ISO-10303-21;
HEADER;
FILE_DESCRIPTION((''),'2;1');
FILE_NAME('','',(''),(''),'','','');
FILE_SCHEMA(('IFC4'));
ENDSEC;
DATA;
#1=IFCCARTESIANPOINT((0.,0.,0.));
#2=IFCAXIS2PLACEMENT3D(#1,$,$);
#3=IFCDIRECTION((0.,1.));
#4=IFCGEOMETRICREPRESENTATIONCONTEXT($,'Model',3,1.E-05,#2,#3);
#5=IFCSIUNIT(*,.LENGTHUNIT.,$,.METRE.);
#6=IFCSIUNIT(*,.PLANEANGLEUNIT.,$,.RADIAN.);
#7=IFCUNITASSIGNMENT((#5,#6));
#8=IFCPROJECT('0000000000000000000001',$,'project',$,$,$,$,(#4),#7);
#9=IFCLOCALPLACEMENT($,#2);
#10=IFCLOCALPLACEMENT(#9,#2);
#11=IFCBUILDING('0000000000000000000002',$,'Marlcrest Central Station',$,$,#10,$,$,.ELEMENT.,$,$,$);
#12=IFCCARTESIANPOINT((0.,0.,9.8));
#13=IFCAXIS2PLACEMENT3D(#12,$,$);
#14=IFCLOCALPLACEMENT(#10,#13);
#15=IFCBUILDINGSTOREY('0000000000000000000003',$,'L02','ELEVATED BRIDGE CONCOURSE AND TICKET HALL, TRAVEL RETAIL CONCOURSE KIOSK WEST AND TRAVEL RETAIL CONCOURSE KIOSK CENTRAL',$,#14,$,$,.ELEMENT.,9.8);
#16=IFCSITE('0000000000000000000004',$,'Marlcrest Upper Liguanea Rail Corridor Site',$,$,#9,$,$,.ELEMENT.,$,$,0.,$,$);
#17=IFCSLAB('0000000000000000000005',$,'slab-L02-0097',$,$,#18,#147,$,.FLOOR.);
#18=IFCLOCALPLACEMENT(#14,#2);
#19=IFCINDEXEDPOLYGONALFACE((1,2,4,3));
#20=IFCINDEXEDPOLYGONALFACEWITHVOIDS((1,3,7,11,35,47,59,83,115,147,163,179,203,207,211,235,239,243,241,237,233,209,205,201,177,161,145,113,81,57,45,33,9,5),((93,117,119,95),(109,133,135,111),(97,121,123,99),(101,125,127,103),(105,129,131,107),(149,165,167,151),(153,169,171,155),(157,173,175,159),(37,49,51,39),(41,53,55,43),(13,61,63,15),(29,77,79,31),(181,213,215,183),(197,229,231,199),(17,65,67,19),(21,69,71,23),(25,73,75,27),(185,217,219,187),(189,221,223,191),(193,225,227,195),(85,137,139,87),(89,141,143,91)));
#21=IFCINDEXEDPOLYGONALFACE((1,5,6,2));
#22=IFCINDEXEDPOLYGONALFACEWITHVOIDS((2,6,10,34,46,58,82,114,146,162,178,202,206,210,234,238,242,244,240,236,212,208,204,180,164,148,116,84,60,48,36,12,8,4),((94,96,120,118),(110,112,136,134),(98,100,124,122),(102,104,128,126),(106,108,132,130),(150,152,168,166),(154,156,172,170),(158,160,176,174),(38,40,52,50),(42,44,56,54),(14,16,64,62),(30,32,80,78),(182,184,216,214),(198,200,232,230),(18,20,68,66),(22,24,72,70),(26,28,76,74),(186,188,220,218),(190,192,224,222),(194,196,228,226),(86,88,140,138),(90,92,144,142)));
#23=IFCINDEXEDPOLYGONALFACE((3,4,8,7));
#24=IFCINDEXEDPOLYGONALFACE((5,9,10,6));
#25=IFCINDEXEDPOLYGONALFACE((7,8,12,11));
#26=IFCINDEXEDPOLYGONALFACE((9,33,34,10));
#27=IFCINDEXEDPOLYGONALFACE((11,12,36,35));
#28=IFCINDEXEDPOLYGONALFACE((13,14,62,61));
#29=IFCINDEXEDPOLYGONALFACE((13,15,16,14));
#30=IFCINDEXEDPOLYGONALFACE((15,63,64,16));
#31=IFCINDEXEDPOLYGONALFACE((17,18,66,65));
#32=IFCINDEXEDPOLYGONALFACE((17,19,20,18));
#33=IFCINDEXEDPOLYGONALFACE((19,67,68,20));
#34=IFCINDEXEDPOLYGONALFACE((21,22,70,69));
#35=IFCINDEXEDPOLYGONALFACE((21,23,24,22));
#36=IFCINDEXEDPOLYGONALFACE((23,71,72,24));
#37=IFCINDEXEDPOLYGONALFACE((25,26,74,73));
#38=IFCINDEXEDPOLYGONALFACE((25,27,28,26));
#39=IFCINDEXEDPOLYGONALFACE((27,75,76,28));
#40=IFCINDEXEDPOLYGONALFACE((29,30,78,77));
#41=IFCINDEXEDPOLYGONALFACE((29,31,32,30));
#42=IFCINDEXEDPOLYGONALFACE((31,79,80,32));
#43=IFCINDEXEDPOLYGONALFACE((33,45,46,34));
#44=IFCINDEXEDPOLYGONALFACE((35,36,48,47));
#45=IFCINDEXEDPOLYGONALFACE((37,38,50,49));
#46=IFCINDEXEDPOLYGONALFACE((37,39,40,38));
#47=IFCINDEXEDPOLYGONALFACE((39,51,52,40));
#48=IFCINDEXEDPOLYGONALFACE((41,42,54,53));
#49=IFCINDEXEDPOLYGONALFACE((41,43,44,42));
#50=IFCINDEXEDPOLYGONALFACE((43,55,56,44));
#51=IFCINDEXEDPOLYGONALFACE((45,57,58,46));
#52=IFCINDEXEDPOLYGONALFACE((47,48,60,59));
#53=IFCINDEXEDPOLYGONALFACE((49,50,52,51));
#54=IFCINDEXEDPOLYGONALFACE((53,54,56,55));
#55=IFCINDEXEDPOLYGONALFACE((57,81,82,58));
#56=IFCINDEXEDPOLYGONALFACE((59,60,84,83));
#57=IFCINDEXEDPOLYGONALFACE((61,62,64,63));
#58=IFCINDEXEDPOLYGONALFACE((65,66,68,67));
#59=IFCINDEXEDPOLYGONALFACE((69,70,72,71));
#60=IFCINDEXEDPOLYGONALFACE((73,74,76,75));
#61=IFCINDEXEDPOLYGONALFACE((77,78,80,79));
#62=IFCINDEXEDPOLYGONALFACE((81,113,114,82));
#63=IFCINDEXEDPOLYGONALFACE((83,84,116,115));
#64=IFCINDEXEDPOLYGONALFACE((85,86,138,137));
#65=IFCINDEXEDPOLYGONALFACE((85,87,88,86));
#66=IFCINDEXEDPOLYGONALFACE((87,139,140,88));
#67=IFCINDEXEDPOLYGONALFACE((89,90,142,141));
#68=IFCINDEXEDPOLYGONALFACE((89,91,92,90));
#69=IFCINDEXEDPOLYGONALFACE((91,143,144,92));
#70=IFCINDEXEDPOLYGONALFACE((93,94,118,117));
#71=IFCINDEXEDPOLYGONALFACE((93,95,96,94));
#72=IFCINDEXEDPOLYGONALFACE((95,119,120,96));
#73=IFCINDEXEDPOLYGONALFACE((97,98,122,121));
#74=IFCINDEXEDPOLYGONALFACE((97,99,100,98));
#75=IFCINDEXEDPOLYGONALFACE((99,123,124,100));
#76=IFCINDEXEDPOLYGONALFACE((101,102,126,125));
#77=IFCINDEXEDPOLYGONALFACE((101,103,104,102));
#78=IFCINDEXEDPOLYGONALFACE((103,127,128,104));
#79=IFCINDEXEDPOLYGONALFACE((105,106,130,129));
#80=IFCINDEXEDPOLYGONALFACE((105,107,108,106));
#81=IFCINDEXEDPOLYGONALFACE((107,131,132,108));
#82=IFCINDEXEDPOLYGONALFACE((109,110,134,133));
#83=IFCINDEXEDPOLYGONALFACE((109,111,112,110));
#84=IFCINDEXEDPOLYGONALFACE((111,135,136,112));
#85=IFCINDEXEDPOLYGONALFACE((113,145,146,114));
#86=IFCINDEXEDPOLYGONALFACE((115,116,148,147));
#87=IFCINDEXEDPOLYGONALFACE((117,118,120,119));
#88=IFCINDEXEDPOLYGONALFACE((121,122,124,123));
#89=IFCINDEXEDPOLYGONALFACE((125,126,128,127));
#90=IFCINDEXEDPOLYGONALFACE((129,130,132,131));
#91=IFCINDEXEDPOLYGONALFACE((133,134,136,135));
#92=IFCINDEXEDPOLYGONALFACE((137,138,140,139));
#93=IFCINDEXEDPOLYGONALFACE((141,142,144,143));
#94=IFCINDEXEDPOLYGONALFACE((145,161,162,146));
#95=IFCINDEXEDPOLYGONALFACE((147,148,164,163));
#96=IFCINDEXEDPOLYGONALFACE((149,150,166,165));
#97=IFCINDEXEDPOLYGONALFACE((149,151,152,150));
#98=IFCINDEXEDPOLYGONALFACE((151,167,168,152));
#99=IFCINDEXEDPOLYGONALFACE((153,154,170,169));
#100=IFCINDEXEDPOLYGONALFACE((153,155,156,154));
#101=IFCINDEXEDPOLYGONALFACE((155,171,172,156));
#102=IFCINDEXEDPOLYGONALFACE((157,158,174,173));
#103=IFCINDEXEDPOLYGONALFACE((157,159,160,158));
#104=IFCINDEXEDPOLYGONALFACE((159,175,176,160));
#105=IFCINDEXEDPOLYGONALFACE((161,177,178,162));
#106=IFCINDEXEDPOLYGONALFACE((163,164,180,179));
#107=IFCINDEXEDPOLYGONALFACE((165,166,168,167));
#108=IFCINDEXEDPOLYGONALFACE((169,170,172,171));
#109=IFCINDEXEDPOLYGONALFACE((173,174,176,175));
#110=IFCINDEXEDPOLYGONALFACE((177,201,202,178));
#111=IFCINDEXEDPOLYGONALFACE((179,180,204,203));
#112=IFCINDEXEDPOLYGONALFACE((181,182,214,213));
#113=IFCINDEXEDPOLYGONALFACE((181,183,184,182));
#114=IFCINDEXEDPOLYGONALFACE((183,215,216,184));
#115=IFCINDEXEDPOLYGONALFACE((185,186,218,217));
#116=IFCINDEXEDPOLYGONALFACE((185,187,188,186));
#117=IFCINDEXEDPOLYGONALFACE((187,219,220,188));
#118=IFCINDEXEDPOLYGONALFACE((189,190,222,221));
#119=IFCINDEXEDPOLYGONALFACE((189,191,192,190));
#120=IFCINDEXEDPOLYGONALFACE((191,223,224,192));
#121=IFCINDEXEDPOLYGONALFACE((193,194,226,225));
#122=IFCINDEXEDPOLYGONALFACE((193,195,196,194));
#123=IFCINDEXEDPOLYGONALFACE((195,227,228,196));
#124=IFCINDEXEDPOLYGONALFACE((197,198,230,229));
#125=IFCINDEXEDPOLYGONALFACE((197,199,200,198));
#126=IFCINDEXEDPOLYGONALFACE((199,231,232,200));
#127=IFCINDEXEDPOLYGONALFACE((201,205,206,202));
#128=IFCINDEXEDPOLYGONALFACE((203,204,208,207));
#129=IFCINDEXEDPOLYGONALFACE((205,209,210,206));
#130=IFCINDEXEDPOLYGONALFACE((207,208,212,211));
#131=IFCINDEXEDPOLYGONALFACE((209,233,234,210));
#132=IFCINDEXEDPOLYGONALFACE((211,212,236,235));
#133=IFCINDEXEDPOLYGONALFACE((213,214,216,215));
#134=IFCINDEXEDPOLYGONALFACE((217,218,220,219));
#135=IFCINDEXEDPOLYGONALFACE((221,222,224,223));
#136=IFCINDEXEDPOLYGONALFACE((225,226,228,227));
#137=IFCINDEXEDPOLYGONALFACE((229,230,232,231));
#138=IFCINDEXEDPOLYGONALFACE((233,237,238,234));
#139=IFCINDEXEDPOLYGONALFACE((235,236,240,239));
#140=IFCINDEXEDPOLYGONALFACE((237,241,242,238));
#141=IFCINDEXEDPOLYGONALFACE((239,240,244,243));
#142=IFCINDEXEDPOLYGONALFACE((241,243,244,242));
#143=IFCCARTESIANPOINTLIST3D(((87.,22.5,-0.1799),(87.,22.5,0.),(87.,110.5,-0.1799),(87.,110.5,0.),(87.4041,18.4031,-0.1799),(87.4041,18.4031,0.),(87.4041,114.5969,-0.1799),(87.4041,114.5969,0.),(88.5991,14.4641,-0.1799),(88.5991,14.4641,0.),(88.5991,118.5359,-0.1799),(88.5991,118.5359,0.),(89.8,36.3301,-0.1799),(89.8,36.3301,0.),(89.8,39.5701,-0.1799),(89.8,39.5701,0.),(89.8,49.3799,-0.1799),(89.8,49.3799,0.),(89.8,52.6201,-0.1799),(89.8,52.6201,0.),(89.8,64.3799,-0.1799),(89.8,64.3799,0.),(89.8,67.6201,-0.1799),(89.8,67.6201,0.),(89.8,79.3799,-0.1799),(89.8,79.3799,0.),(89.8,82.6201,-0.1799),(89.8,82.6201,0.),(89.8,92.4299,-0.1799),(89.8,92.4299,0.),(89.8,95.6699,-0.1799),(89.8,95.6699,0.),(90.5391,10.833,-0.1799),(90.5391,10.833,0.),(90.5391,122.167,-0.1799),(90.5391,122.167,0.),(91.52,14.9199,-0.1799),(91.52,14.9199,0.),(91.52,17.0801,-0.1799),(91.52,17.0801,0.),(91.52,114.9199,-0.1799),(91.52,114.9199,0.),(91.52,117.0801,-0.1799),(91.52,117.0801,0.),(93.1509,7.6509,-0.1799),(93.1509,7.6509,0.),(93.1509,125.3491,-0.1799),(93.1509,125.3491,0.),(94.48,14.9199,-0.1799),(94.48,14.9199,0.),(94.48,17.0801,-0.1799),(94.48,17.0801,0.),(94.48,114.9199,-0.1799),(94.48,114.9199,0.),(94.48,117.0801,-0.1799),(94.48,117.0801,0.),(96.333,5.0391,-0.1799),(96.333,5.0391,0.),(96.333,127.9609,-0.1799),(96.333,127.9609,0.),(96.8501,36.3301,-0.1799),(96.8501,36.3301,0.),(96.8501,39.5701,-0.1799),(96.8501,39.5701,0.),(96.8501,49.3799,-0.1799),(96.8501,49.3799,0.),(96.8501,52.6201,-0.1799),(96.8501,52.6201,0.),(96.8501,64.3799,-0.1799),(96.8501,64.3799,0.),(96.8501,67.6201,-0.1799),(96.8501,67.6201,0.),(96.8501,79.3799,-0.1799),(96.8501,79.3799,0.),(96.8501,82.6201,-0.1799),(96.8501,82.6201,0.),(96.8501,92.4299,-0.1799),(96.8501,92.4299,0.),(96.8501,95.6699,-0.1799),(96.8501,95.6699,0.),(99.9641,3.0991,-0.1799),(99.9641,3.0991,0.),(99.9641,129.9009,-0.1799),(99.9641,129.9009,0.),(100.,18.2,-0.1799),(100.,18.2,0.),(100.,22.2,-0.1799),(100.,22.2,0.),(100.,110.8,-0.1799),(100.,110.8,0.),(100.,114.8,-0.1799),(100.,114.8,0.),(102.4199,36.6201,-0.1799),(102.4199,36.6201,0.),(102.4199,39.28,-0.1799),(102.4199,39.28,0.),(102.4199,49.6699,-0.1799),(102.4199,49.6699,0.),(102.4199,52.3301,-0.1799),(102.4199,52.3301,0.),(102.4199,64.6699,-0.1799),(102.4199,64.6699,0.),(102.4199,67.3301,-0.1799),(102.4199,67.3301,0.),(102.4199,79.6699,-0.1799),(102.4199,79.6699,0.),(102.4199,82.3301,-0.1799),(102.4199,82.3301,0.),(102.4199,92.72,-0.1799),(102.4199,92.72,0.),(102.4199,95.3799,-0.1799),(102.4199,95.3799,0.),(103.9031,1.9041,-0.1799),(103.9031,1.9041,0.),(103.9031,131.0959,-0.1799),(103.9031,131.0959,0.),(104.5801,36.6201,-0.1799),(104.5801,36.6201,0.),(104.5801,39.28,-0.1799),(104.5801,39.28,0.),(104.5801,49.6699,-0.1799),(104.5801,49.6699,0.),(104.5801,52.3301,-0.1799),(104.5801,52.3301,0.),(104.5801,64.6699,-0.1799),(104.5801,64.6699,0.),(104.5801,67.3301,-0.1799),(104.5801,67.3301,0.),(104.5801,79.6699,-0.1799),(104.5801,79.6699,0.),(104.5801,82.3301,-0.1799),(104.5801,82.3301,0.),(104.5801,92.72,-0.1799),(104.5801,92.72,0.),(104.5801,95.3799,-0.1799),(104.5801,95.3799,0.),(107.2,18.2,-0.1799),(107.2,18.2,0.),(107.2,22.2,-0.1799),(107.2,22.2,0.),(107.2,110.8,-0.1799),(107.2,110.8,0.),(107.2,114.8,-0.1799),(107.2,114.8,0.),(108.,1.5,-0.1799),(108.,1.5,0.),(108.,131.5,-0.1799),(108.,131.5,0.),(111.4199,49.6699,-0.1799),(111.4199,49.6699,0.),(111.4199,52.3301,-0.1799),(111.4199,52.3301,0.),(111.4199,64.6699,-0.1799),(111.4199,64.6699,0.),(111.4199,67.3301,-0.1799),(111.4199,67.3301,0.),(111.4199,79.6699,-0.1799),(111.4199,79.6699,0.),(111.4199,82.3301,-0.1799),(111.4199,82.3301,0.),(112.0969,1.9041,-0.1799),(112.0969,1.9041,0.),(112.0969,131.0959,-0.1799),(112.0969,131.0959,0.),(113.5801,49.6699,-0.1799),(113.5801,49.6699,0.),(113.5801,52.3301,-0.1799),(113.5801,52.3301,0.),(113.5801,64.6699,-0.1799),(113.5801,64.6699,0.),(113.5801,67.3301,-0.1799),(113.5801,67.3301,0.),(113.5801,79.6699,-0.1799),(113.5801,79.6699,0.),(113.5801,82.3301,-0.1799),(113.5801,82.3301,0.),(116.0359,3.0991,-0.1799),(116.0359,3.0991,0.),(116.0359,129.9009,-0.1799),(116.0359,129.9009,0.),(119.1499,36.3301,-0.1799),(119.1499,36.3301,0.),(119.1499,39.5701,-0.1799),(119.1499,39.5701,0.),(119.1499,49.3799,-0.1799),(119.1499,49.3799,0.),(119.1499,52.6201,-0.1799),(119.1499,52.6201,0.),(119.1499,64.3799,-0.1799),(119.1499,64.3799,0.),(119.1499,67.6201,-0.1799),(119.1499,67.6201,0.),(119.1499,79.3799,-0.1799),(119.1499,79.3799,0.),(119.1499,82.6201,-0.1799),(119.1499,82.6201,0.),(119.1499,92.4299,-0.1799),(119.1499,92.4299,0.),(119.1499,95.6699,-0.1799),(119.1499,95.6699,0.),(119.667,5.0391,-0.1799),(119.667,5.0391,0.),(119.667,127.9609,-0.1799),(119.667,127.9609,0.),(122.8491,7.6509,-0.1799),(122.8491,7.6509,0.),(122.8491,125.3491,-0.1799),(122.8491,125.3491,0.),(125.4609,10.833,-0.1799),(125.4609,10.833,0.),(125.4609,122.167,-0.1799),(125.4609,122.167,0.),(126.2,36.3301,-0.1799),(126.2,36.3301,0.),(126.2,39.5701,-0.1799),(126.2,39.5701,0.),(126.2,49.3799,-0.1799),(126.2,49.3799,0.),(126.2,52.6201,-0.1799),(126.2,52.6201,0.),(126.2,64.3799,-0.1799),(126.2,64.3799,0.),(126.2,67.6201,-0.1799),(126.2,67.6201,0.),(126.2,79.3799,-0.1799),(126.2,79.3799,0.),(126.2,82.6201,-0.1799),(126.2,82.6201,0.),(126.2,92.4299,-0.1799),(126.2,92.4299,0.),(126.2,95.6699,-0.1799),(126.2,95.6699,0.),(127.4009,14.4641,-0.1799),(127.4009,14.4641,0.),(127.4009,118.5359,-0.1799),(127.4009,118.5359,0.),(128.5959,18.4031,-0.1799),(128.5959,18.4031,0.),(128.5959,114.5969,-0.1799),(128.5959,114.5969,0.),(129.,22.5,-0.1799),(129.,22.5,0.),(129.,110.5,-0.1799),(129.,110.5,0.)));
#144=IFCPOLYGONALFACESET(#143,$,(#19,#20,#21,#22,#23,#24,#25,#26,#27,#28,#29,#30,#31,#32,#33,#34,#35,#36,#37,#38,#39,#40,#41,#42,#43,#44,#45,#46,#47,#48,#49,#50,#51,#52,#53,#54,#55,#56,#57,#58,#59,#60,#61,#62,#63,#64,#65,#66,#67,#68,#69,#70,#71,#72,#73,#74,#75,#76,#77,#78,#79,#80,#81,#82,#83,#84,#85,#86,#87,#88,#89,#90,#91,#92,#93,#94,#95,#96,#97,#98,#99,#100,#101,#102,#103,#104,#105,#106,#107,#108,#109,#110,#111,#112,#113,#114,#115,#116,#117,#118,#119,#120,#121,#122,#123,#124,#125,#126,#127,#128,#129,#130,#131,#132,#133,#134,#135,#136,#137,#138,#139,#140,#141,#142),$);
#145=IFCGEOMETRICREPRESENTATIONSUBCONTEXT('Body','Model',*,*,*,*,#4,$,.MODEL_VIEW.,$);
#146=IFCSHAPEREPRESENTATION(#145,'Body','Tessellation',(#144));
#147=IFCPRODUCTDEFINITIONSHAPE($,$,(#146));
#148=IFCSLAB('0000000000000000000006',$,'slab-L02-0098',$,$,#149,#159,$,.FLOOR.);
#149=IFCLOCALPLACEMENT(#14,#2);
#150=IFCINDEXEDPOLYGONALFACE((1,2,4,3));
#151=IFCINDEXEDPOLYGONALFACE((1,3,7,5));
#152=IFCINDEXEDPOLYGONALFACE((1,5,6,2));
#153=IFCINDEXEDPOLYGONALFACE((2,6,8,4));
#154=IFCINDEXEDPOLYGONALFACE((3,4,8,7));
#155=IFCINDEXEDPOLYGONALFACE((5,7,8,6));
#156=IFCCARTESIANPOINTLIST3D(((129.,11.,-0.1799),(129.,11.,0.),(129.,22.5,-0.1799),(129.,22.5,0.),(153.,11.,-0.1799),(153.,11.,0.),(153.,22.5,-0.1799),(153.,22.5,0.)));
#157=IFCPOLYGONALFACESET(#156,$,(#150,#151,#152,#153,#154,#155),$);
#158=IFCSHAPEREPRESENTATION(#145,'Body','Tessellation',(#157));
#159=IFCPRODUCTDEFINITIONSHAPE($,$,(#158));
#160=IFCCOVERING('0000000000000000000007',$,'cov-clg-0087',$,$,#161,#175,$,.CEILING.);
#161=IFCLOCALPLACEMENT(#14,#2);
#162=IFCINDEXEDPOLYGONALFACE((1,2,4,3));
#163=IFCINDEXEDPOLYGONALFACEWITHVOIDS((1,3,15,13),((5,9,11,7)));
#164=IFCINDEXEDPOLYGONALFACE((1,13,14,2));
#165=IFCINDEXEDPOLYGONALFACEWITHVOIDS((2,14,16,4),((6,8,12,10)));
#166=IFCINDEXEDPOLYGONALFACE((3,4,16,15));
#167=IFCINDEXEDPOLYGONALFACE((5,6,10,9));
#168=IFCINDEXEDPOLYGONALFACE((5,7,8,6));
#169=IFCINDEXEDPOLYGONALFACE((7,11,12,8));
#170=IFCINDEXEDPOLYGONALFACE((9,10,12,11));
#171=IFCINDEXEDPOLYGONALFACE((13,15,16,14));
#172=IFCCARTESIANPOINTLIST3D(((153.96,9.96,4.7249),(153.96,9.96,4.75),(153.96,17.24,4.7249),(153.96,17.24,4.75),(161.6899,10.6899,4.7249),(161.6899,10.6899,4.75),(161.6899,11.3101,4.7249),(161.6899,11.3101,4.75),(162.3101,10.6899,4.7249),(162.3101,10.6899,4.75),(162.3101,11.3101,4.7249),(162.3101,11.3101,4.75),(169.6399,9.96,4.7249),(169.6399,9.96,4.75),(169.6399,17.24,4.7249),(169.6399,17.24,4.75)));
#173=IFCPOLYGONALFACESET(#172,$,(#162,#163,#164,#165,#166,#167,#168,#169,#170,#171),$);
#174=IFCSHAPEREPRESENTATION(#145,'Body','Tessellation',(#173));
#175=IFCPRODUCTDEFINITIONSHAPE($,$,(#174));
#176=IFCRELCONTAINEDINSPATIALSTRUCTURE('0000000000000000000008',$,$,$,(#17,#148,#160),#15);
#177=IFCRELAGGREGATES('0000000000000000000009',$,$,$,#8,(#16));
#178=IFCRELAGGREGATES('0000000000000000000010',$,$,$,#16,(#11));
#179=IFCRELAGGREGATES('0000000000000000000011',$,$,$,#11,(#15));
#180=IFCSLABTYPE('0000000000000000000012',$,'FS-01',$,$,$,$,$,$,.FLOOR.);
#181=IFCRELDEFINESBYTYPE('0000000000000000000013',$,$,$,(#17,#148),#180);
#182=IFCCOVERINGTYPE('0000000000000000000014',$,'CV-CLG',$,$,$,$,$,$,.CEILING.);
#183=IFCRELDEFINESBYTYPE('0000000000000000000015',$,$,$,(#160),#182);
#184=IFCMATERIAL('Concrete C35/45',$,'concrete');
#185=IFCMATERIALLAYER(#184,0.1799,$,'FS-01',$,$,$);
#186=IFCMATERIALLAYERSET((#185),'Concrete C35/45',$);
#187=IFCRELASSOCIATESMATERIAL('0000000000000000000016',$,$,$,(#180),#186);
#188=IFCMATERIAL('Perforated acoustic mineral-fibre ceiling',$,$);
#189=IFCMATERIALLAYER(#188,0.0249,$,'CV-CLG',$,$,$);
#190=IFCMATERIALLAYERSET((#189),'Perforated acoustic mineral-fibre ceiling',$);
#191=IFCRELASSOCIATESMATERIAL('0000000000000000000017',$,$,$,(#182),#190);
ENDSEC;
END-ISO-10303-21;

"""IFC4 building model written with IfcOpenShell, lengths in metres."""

from ifc_helpers import new_model, si_unit, direction, frame, origin, place, context, subcontext, project, spatial, polyline, outline, extrude, material, layer, layer_set, type_object, element, save


model = new_model("IFC4")

# Units and contexts
model_context = context("Model", 3, precision=1e-05, world=origin(), true_north=direction((0.0, 1.0)))
body_context = subcontext(model_context, "Body", "Model", "MODEL_VIEW")
ifc_project = project(units=[si_unit("LENGTHUNIT", "METRE"), si_unit("PLANEANGLEUNIT", "RADIAN")], contexts=[model_context])

# Site, building, storey
site_placement = place(None, origin())
site = spatial("IfcSite", under=ifc_project, at=site_placement, Name="Marlcrest Upper Liguanea Rail Corridor Site", CompositionType="ELEMENT", RefElevation=0.0)
building_placement = place(site_placement, origin())
building = spatial("IfcBuilding", under=site, at=building_placement, Name="Marlcrest Central Station", CompositionType="ELEMENT")
storey_placement = place(building_placement, frame((0.0, 0.0, 9.8)))
storey = spatial("IfcBuildingStorey", under=building, at=storey_placement, Name="L02", Description="ELEVATED BRIDGE CONCOURSE AND TICKET HALL, TRAVEL RETAIL CONCOURSE KIOSK WEST AND TRAVEL RETAIL CONCOURSE KIOSK CENTRAL", CompositionType="ELEMENT", Elevation=9.8)

# Slabs
ifc_material_1 = material(Name="Concrete C35/45", Category="concrete")
ifc_layer_1 = layer(ifc_material_1, 0.1799, Name="FS-01")
ifc_layer_set_1 = layer_set([ifc_layer_1], Name="Concrete C35/45")
slab_type = type_object("IfcSlabType", Name="FS-01", PredefinedType="FLOOR", material=ifc_layer_set_1)
slab_1_placement = place(storey_placement, frame((0.0, 0.0, -0.1799)))
element("IfcSlab", 1, at=slab_1_placement, inside=storey, type_object=slab_type, Name="slab-L02-0097", PredefinedType="FLOOR", context=body_context, shape_type="SweptSolid", body=[
    extrude(outline(polyline([(87.0, 22.5), (87.4041, 18.4031), (88.5991, 14.4641), (90.5391, 10.833), (93.1509, 7.6509), (96.333, 5.0391), (99.9641, 3.0991), (103.9031, 1.9041), (108.0, 1.5), (112.0969, 1.9041), (116.0359, 3.0991), (119.667, 5.0391), (122.8491, 7.6509), (125.4609, 10.833), (127.4009, 14.4641), (128.5959, 18.4031), (129.0, 22.5), (129.0, 110.5), (128.5959, 114.5969), (127.4009, 118.5359), (125.4609, 122.167), (122.8491, 125.3491), (119.667, 127.9609), (116.0359, 129.9009), (112.0969, 131.0959), (108.0, 131.5), (103.9031, 131.0959), (99.9641, 129.9009), (96.333, 127.9609), (93.1509, 125.3491), (90.5391, 122.167), (88.5991, 118.5359), (87.4041, 114.5969), (87.0, 110.5), (87.0, 22.5)]), holes=[polyline([(89.8, 36.3301), (96.8501, 36.3301), (96.8501, 39.5701), (89.8, 39.5701), (89.8, 36.3301)]), polyline([(119.1499, 36.3301), (126.2, 36.3301), (126.2, 39.5701), (119.1499, 39.5701), (119.1499, 36.3301)]), polyline([(102.4199, 36.6201), (104.5801, 36.6201), (104.5801, 39.28), (102.4199, 39.28), (102.4199, 36.6201)]), polyline([(89.8, 49.3799), (96.8501, 49.3799), (96.8501, 52.6201), (89.8, 52.6201), (89.8, 49.3799)]), polyline([(119.1499, 49.3799), (126.2, 49.3799), (126.2, 52.6201), (119.1499, 52.6201), (119.1499, 49.3799)]), polyline([(102.4199, 49.6699), (104.5801, 49.6699), (104.5801, 52.3301), (102.4199, 52.3301), (102.4199, 49.6699)]), polyline([(111.4199, 49.6699), (113.5801, 49.6699), (113.5801, 52.3301), (111.4199, 52.3301), (111.4199, 49.6699)]), polyline([(89.8, 64.3799), (96.8501, 64.3799), (96.8501, 67.6201), (89.8, 67.6201), (89.8, 64.3799)]), polyline([(119.1499, 64.3799), (126.2, 64.3799), (126.2, 67.6201), (119.1499, 67.6201), (119.1499, 64.3799)]), polyline([(102.4199, 64.6699), (104.5801, 64.6699), (104.5801, 67.3301), (102.4199, 67.3301), (102.4199, 64.6699)]), polyline([(111.4199, 64.6699), (113.5801, 64.6699), (113.5801, 67.3301), (111.4199, 67.3301), (111.4199, 64.6699)]), polyline([(89.8, 79.3799), (96.8501, 79.3799), (96.8501, 82.6201), (89.8, 82.6201), (89.8, 79.3799)]), polyline([(119.1499, 79.3799), (126.2, 79.3799), (126.2, 82.6201), (119.1499, 82.6201), (119.1499, 79.3799)]), polyline([(102.4199, 79.6699), (104.5801, 79.6699), (104.5801, 82.3301), (102.4199, 82.3301), (102.4199, 79.6699)]), polyline([(111.4199, 79.6699), (113.5801, 79.6699), (113.5801, 82.3301), (111.4199, 82.3301), (111.4199, 79.6699)]), polyline([(89.8, 92.4299), (96.8501, 92.4299), (96.8501, 95.6699), (89.8, 95.6699), (89.8, 92.4299)]), polyline([(119.1499, 92.4299), (126.2, 92.4299), (126.2, 95.6699), (119.1499, 95.6699), (119.1499, 92.4299)]), polyline([(102.4199, 92.72), (104.5801, 92.72), (104.5801, 95.3799), (102.4199, 95.3799), (102.4199, 92.72)]), polyline([(100.0, 18.2), (107.2, 18.2), (107.2, 22.2), (100.0, 22.2), (100.0, 18.2)]), polyline([(100.0, 110.8), (107.2, 110.8), (107.2, 114.8), (100.0, 114.8), (100.0, 110.8)]), polyline([(91.52, 14.9199), (94.48, 14.9199), (94.48, 17.0801), (91.52, 17.0801), (91.52, 14.9199)]), polyline([(91.52, 114.9199), (94.48, 114.9199), (94.48, 117.0801), (91.52, 117.0801), (91.52, 114.9199)])]), origin(), (0.0, 0.0, 1.0), 0.1799),
])
slab_2_placement = place(storey_placement, frame((0.0, 0.0, -0.1799)))
element("IfcSlab", 2, at=slab_2_placement, inside=storey, type_object=slab_type, Name="slab-L02-0098", PredefinedType="FLOOR", context=body_context, shape_type="SweptSolid", body=[
    extrude(outline(polyline([(129.0, 11.0), (129.0, 22.5), (153.0, 22.5), (153.0, 11.0), (129.0, 11.0)])), origin(), (0.0, 0.0, 1.0), 0.1799),
])

# Covering
ifc_material_2 = material(Name="Perforated acoustic mineral-fibre ceiling")
ifc_layer_2 = layer(ifc_material_2, 0.0249, Name="CV-CLG")
ifc_layer_set_2 = layer_set([ifc_layer_2], Name="Perforated acoustic mineral-fibre ceiling")
covering_type_1 = type_object("IfcCoveringType", Name="CV-CLG", PredefinedType="CEILING", material=ifc_layer_set_2)
covering_1_placement = place(storey_placement, frame((0.0, 0.0, 4.7249)))
element("IfcCovering", 3, at=covering_1_placement, inside=storey, type_object=covering_type_1, Name="cov-clg-0087", PredefinedType="CEILING", context=body_context, shape_type="SweptSolid", body=[
    extrude(outline(polyline([(153.96, 9.96), (153.96, 17.24), (169.6399, 17.24), (169.6399, 9.96), (153.96, 9.96)]), holes=[polyline([(162.3101, 11.3101), (161.6899, 11.3101), (161.6899, 10.6899), (162.3101, 10.6899), (162.3101, 11.3101)])]), origin(), (0.0, 0.0, 1.0), 0.0251),
])

save(model, "model.ifc")
